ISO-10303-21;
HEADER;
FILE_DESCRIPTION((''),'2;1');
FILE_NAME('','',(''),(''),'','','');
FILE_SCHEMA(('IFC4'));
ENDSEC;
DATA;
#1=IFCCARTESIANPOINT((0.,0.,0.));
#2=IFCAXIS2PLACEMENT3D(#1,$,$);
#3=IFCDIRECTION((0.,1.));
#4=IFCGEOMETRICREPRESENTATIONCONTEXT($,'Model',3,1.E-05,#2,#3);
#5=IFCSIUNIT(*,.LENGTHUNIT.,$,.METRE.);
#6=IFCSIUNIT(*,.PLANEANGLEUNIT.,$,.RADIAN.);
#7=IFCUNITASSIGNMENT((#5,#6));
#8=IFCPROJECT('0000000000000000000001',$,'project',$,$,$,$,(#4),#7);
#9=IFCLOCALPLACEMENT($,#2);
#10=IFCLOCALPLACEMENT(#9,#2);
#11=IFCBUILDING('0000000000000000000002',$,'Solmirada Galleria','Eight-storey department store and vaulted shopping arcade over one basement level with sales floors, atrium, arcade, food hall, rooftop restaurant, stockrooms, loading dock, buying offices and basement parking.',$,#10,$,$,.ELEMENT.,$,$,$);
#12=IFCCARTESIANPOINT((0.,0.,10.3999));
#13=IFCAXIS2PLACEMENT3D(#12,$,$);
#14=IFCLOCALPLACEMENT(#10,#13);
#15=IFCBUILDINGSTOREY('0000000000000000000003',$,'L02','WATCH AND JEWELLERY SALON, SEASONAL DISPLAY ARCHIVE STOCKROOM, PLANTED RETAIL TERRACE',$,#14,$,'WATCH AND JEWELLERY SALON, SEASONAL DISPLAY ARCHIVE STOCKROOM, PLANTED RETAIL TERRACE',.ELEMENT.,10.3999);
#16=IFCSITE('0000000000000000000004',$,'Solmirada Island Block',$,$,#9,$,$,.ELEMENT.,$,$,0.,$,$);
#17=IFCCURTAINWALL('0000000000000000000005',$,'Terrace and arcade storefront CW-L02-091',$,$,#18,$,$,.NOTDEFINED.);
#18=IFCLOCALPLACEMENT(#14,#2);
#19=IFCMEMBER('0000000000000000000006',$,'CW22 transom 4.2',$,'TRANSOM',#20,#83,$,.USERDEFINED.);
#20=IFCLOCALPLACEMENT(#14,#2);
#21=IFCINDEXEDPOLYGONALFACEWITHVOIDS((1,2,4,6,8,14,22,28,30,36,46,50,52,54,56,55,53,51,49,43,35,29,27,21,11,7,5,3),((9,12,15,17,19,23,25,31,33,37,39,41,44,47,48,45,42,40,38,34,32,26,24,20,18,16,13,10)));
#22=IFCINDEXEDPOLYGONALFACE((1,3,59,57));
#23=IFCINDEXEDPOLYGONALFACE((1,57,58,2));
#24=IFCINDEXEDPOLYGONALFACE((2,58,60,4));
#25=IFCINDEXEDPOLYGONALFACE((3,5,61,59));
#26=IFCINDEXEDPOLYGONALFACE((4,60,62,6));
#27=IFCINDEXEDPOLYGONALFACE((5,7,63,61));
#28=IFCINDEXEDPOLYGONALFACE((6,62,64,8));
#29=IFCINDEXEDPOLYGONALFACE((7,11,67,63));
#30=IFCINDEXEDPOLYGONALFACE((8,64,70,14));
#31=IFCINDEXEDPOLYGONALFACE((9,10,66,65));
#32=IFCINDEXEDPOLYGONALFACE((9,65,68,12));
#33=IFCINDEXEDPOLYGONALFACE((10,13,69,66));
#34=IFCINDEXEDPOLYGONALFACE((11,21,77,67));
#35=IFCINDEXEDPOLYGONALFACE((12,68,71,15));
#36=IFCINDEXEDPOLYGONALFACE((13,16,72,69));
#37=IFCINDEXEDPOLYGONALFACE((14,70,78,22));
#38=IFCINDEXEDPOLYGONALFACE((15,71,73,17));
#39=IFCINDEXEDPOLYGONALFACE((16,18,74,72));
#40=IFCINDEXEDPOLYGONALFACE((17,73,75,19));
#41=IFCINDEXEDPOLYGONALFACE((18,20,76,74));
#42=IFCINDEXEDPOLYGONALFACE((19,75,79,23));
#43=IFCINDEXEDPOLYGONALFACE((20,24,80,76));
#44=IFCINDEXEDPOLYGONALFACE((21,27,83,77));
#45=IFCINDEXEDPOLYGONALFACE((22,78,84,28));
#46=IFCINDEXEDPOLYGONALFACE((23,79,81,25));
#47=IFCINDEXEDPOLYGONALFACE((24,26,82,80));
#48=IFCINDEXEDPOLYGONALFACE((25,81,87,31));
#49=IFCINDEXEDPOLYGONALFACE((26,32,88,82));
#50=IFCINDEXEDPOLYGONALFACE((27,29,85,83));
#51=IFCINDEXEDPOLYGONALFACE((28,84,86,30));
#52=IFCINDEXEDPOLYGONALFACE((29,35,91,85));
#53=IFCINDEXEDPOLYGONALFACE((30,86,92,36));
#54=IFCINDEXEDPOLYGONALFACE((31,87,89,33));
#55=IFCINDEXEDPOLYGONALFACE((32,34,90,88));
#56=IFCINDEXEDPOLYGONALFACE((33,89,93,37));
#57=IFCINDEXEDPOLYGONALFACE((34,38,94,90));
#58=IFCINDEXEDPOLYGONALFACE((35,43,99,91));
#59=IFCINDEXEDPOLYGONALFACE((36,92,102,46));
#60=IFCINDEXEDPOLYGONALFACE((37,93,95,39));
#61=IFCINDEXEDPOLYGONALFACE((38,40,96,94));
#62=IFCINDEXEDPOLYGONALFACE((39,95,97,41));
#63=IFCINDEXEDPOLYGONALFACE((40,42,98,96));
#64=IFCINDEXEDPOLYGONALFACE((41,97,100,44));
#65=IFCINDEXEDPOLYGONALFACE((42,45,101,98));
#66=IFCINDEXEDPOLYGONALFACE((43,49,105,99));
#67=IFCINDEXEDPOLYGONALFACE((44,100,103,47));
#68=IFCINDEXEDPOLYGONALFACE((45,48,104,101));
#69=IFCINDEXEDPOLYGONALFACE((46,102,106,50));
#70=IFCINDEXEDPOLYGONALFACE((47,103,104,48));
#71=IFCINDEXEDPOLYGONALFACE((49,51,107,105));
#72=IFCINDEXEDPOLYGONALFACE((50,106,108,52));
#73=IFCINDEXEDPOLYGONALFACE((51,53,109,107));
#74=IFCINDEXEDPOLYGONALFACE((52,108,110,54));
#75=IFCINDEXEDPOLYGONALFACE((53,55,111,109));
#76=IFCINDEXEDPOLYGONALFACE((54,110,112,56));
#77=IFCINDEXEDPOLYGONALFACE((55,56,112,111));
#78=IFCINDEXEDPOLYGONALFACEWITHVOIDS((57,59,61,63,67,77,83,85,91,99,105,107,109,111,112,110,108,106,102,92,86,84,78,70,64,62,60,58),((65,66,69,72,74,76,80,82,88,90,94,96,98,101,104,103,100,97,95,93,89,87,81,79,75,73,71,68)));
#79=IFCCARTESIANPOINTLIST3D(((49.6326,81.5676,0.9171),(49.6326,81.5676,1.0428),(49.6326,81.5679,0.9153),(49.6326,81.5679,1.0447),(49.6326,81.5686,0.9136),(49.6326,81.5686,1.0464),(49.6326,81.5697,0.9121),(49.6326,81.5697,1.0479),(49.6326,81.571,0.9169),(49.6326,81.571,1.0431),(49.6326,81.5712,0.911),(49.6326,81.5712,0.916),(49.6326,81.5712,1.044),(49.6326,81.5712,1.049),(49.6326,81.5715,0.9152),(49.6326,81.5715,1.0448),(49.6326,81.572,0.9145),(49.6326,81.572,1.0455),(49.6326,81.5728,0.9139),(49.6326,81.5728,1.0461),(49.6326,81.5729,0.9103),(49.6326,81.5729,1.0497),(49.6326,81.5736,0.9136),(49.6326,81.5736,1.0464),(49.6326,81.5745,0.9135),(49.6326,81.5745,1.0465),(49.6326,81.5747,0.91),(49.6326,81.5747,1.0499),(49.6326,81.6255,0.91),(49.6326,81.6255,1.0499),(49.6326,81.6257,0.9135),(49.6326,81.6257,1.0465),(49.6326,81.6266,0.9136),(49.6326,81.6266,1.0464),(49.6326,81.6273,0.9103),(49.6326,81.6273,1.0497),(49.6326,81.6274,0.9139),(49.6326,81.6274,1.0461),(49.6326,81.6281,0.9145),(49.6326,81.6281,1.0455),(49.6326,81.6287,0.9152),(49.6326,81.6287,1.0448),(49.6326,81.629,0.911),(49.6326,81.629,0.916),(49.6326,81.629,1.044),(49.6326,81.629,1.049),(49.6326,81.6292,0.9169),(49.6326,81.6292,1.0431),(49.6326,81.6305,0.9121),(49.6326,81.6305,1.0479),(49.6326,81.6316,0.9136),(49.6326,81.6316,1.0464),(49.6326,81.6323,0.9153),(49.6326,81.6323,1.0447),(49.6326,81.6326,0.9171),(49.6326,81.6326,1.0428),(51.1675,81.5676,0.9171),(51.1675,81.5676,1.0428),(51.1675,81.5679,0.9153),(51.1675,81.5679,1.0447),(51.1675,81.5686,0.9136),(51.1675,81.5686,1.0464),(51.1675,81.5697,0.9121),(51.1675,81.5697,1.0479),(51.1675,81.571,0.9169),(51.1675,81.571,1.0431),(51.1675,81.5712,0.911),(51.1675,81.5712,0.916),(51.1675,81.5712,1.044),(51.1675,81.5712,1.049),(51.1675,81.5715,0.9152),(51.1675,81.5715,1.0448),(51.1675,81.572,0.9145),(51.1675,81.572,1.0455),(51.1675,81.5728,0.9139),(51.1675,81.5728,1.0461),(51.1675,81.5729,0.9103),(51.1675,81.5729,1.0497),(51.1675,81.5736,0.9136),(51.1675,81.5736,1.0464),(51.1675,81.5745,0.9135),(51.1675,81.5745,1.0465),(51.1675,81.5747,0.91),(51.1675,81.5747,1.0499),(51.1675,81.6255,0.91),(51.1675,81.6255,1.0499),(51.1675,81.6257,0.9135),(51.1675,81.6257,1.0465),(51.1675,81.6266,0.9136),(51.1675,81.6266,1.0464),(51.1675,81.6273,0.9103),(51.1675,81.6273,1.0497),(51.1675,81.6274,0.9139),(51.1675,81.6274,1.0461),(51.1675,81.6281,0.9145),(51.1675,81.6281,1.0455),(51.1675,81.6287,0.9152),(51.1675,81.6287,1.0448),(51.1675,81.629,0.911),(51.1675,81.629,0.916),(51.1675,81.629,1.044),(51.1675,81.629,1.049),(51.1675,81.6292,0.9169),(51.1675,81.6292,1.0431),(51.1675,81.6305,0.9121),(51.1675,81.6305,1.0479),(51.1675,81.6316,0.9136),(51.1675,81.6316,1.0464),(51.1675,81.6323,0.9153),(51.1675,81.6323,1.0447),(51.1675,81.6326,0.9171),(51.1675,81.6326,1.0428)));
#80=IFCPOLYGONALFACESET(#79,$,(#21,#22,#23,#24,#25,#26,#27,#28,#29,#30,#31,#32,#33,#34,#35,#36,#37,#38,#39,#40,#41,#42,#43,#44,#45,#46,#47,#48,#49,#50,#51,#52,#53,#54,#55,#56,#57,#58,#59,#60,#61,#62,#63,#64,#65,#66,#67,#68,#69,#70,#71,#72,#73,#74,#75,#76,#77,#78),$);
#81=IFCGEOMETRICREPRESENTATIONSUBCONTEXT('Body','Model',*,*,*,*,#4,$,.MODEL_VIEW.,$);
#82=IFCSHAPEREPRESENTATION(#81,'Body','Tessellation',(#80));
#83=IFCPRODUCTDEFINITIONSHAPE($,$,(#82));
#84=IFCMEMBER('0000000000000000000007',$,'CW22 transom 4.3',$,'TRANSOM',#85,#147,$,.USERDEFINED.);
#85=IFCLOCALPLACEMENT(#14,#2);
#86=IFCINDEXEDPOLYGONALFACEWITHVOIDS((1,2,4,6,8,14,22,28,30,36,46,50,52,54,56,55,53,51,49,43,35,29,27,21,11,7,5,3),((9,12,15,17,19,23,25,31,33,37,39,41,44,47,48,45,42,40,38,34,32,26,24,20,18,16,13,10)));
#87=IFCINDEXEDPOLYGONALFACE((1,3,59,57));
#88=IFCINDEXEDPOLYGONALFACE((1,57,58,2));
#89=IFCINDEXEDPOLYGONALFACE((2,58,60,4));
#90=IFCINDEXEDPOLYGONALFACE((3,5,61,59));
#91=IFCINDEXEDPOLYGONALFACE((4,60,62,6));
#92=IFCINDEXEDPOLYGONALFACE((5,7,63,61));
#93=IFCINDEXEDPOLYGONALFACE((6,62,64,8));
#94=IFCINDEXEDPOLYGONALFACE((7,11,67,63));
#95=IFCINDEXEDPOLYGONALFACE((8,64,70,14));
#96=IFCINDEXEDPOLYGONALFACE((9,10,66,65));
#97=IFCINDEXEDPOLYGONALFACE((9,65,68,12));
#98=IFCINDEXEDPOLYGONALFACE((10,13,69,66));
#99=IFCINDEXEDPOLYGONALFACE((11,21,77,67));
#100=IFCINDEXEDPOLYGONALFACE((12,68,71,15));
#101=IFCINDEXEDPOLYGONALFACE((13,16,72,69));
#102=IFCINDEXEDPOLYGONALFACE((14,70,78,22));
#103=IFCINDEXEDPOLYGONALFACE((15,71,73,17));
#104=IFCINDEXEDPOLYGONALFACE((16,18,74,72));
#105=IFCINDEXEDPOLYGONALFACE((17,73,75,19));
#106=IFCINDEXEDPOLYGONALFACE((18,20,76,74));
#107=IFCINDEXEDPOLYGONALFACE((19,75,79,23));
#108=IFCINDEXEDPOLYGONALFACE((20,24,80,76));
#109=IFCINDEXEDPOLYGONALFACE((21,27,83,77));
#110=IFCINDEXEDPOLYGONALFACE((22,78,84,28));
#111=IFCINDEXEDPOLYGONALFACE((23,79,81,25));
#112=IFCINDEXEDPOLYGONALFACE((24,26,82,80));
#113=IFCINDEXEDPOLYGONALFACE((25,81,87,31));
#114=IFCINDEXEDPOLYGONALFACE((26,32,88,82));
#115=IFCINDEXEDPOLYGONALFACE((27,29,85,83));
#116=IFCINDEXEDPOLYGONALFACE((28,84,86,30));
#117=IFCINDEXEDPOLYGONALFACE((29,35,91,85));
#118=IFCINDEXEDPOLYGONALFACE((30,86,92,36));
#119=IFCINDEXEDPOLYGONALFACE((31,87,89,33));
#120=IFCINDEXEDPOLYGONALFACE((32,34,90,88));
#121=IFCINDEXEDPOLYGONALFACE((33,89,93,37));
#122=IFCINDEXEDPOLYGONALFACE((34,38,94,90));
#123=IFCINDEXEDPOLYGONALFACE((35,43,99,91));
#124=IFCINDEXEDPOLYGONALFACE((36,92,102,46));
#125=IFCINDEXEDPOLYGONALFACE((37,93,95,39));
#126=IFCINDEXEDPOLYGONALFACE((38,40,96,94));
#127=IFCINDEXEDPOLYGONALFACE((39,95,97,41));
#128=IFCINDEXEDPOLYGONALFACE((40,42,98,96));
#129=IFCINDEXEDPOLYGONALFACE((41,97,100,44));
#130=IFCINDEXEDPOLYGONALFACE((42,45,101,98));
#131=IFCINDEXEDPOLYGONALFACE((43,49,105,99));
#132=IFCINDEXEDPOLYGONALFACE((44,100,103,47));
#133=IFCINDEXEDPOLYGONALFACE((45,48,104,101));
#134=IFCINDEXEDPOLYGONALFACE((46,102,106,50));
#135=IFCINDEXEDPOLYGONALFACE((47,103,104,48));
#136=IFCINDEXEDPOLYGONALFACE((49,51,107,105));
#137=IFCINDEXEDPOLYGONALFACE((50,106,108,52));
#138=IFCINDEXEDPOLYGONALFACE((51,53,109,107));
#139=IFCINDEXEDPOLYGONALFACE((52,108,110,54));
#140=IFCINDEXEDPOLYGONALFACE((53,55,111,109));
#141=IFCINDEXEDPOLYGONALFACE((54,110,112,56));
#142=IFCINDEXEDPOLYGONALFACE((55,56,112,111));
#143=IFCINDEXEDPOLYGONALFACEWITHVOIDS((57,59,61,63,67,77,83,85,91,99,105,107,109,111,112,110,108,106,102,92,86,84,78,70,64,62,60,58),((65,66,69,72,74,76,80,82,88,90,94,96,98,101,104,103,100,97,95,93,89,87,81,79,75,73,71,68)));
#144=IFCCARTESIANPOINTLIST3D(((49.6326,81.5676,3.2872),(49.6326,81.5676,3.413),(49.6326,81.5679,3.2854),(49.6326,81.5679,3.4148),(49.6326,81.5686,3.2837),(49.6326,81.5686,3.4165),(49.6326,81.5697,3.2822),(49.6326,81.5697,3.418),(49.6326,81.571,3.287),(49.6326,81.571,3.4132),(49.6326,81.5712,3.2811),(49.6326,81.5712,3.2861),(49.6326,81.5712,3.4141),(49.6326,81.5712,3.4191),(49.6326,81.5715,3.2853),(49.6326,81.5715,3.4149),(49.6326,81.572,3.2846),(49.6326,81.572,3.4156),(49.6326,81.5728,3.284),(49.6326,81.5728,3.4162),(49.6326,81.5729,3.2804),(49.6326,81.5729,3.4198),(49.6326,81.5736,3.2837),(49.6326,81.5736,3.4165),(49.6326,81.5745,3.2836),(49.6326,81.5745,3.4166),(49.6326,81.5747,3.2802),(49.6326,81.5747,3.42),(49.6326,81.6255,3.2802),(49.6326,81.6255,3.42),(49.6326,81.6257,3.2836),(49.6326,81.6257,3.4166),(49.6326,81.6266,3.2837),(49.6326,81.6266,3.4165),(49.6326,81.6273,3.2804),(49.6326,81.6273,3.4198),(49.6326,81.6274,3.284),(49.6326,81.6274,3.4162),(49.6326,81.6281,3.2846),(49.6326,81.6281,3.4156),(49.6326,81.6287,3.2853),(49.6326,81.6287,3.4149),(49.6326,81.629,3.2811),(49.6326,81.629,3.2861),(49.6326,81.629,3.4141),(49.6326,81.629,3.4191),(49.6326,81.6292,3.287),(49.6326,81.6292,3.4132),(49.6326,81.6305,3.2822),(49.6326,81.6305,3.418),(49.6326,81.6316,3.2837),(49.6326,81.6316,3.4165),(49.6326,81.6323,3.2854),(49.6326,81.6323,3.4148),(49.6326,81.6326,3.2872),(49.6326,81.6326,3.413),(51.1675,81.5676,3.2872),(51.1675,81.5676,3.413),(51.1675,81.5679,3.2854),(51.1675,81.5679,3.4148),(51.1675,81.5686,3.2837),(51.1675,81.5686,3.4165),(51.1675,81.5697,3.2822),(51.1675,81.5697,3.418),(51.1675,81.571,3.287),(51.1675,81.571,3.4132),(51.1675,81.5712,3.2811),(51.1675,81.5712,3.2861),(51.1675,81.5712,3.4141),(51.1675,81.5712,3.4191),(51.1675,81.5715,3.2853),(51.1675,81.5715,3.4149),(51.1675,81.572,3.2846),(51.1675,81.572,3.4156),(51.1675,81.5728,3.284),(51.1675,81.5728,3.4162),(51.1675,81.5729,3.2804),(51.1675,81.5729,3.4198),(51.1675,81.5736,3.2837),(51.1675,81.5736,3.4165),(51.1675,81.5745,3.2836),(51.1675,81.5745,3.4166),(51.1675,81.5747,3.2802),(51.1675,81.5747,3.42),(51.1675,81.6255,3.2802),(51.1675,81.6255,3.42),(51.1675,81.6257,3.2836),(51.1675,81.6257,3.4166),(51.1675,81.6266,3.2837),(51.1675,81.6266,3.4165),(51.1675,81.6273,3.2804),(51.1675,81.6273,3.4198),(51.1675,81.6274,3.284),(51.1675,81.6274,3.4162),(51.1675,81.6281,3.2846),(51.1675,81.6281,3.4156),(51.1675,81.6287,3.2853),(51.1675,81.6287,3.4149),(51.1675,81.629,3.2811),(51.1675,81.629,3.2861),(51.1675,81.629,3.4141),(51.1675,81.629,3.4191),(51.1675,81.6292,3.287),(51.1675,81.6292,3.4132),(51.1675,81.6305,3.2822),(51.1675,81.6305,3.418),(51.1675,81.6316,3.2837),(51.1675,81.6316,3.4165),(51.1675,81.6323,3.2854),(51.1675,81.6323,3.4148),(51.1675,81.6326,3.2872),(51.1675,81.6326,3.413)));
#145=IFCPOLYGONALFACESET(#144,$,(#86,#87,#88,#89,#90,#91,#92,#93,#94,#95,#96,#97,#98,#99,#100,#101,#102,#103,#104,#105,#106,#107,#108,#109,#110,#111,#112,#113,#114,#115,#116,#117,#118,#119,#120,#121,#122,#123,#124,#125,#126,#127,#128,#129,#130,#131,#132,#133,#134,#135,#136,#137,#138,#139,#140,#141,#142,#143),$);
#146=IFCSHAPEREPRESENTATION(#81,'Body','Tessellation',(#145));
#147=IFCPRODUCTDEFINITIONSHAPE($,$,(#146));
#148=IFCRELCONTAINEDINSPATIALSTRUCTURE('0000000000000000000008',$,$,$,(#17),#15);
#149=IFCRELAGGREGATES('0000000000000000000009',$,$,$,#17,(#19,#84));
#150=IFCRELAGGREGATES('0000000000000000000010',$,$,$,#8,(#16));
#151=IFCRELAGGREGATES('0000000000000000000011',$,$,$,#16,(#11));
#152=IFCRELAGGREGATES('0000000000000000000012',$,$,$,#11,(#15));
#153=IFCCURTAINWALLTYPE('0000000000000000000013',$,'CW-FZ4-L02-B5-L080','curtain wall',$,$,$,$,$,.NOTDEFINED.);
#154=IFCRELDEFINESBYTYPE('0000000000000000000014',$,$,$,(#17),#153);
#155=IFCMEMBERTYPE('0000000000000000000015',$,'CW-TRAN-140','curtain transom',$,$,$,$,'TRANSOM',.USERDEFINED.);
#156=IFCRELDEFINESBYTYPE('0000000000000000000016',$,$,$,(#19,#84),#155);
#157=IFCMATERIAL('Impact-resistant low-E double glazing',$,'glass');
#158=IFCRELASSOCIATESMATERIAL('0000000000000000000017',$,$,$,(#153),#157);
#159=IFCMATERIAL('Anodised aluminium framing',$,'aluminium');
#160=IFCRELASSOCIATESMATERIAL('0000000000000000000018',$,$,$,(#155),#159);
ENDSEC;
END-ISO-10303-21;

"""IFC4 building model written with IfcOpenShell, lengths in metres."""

from ifc_helpers import new_model, si_unit, direction, frame, origin, origin_2d, place, context, subcontext, project, spatial, hollow_rectangle, extrude, material, material_profile, profile_set, type_object, element, aggregate, save


model = new_model("IFC4")

# Units and contexts
model_context = context("Model", 3, precision=1e-05, world=origin(), true_north=direction((0.0, 1.0)))
body_context = subcontext(model_context, "Body", "Model", "MODEL_VIEW")
ifc_project = project(units=[si_unit("LENGTHUNIT", "METRE"), si_unit("PLANEANGLEUNIT", "RADIAN")], contexts=[model_context])

# Site, building, storey
site_placement = place(None, origin())
site = spatial("IfcSite", under=ifc_project, at=site_placement, Name="Solmirada Island Block", CompositionType="ELEMENT", RefElevation=0.0)
building_placement = place(site_placement, origin())
building = spatial("IfcBuilding", under=site, at=building_placement, Name="Solmirada Galleria", Description="Eight-storey department store and vaulted shopping arcade over one basement level with sales floors, atrium, arcade, food hall, rooftop restaurant, stockrooms, loading dock, buying offices and basement parking.", CompositionType="ELEMENT")
storey_placement = place(building_placement, frame((0.0, 0.0, 10.3999)))
storey = spatial("IfcBuildingStorey", under=building, at=storey_placement, Name="L02", Description="WATCH AND JEWELLERY SALON, SEASONAL DISPLAY ARCHIVE STOCKROOM, PLANTED RETAIL TERRACE", LongName="WATCH AND JEWELLERY SALON, SEASONAL DISPLAY ARCHIVE STOCKROOM, PLANTED RETAIL TERRACE", CompositionType="ELEMENT", Elevation=10.3999)

# Curtain wall
ifc_material_1 = material(Name="Impact-resistant low-E double glazing", Category="glass")
curtain_wall_type = type_object("IfcCurtainWallType", Name="CW-FZ4-L02-B5-L080", Description="curtain wall", PredefinedType="NOTDEFINED", material=ifc_material_1)
curtain_wall_1_placement = place(storey_placement, origin())
curtain_wall_1 = element("IfcCurtainWall", 1, at=curtain_wall_1_placement, inside=storey, type_object=curtain_wall_type, Name="Terrace and arcade storefront CW-L02-091", PredefinedType="NOTDEFINED")
ifc_material_2 = material(Name="Anodised aluminium framing", Category="aluminium")

# Members
ifc_material_profile_1 = material_profile(ifc_material_2, hollow_rectangle(XDim=0.0649, YDim=0.1399, WallThickness=0.0034, InnerFilletRadius=0.0034, OuterFilletRadius=0.0071, at=origin_2d()), Name="ALU-TRAN-140X65")
ifc_profile_set_1 = profile_set([ifc_material_profile_1], Name="Anodised aluminium framing")
member_type_1 = type_object("IfcMemberType", Name="CW-TRAN-140", Description="curtain transom", ElementType="TRANSOM", PredefinedType="USERDEFINED", material=ifc_profile_set_1)
member_1_placement = place(storey_placement, frame((51.1675, 81.6001, 0.98), z_axis=(-1.0, 0.0, 0.0), x_axis=(0.0, -1.0, 0.0)))
member_1 = element("IfcMember", 2, at=member_1_placement, type_object=member_type_1, Name="CW22 transom 4.2", ObjectType="TRANSOM", PredefinedType="USERDEFINED", context=body_context, shape_type="SweptSolid", body=[
    extrude(hollow_rectangle(XDim=0.0649, YDim=0.1399, WallThickness=0.0034, InnerFilletRadius=0.0034, OuterFilletRadius=0.0071, at=origin_2d()), origin(), (0.0, 0.0, 1.0), 1.5349),
])
member_2_placement = place(storey_placement, frame((51.1675, 81.6001, 3.3501), z_axis=(-1.0, 0.0, 0.0), x_axis=(0.0, -1.0, 0.0)))
member_2 = element("IfcMember", 3, at=member_2_placement, type_object=member_type_1, Name="CW22 transom 4.3", ObjectType="TRANSOM", PredefinedType="USERDEFINED", context=body_context, shape_type="SweptSolid", body=[
    extrude(hollow_rectangle(XDim=0.0649, YDim=0.1399, WallThickness=0.0034, InnerFilletRadius=0.0034, OuterFilletRadius=0.0071, at=origin_2d()), origin(), (0.0, 0.0, 1.0), 1.5349),
])

aggregate(curtain_wall_1, [member_1, member_2])

save(model, "model.ifc")
